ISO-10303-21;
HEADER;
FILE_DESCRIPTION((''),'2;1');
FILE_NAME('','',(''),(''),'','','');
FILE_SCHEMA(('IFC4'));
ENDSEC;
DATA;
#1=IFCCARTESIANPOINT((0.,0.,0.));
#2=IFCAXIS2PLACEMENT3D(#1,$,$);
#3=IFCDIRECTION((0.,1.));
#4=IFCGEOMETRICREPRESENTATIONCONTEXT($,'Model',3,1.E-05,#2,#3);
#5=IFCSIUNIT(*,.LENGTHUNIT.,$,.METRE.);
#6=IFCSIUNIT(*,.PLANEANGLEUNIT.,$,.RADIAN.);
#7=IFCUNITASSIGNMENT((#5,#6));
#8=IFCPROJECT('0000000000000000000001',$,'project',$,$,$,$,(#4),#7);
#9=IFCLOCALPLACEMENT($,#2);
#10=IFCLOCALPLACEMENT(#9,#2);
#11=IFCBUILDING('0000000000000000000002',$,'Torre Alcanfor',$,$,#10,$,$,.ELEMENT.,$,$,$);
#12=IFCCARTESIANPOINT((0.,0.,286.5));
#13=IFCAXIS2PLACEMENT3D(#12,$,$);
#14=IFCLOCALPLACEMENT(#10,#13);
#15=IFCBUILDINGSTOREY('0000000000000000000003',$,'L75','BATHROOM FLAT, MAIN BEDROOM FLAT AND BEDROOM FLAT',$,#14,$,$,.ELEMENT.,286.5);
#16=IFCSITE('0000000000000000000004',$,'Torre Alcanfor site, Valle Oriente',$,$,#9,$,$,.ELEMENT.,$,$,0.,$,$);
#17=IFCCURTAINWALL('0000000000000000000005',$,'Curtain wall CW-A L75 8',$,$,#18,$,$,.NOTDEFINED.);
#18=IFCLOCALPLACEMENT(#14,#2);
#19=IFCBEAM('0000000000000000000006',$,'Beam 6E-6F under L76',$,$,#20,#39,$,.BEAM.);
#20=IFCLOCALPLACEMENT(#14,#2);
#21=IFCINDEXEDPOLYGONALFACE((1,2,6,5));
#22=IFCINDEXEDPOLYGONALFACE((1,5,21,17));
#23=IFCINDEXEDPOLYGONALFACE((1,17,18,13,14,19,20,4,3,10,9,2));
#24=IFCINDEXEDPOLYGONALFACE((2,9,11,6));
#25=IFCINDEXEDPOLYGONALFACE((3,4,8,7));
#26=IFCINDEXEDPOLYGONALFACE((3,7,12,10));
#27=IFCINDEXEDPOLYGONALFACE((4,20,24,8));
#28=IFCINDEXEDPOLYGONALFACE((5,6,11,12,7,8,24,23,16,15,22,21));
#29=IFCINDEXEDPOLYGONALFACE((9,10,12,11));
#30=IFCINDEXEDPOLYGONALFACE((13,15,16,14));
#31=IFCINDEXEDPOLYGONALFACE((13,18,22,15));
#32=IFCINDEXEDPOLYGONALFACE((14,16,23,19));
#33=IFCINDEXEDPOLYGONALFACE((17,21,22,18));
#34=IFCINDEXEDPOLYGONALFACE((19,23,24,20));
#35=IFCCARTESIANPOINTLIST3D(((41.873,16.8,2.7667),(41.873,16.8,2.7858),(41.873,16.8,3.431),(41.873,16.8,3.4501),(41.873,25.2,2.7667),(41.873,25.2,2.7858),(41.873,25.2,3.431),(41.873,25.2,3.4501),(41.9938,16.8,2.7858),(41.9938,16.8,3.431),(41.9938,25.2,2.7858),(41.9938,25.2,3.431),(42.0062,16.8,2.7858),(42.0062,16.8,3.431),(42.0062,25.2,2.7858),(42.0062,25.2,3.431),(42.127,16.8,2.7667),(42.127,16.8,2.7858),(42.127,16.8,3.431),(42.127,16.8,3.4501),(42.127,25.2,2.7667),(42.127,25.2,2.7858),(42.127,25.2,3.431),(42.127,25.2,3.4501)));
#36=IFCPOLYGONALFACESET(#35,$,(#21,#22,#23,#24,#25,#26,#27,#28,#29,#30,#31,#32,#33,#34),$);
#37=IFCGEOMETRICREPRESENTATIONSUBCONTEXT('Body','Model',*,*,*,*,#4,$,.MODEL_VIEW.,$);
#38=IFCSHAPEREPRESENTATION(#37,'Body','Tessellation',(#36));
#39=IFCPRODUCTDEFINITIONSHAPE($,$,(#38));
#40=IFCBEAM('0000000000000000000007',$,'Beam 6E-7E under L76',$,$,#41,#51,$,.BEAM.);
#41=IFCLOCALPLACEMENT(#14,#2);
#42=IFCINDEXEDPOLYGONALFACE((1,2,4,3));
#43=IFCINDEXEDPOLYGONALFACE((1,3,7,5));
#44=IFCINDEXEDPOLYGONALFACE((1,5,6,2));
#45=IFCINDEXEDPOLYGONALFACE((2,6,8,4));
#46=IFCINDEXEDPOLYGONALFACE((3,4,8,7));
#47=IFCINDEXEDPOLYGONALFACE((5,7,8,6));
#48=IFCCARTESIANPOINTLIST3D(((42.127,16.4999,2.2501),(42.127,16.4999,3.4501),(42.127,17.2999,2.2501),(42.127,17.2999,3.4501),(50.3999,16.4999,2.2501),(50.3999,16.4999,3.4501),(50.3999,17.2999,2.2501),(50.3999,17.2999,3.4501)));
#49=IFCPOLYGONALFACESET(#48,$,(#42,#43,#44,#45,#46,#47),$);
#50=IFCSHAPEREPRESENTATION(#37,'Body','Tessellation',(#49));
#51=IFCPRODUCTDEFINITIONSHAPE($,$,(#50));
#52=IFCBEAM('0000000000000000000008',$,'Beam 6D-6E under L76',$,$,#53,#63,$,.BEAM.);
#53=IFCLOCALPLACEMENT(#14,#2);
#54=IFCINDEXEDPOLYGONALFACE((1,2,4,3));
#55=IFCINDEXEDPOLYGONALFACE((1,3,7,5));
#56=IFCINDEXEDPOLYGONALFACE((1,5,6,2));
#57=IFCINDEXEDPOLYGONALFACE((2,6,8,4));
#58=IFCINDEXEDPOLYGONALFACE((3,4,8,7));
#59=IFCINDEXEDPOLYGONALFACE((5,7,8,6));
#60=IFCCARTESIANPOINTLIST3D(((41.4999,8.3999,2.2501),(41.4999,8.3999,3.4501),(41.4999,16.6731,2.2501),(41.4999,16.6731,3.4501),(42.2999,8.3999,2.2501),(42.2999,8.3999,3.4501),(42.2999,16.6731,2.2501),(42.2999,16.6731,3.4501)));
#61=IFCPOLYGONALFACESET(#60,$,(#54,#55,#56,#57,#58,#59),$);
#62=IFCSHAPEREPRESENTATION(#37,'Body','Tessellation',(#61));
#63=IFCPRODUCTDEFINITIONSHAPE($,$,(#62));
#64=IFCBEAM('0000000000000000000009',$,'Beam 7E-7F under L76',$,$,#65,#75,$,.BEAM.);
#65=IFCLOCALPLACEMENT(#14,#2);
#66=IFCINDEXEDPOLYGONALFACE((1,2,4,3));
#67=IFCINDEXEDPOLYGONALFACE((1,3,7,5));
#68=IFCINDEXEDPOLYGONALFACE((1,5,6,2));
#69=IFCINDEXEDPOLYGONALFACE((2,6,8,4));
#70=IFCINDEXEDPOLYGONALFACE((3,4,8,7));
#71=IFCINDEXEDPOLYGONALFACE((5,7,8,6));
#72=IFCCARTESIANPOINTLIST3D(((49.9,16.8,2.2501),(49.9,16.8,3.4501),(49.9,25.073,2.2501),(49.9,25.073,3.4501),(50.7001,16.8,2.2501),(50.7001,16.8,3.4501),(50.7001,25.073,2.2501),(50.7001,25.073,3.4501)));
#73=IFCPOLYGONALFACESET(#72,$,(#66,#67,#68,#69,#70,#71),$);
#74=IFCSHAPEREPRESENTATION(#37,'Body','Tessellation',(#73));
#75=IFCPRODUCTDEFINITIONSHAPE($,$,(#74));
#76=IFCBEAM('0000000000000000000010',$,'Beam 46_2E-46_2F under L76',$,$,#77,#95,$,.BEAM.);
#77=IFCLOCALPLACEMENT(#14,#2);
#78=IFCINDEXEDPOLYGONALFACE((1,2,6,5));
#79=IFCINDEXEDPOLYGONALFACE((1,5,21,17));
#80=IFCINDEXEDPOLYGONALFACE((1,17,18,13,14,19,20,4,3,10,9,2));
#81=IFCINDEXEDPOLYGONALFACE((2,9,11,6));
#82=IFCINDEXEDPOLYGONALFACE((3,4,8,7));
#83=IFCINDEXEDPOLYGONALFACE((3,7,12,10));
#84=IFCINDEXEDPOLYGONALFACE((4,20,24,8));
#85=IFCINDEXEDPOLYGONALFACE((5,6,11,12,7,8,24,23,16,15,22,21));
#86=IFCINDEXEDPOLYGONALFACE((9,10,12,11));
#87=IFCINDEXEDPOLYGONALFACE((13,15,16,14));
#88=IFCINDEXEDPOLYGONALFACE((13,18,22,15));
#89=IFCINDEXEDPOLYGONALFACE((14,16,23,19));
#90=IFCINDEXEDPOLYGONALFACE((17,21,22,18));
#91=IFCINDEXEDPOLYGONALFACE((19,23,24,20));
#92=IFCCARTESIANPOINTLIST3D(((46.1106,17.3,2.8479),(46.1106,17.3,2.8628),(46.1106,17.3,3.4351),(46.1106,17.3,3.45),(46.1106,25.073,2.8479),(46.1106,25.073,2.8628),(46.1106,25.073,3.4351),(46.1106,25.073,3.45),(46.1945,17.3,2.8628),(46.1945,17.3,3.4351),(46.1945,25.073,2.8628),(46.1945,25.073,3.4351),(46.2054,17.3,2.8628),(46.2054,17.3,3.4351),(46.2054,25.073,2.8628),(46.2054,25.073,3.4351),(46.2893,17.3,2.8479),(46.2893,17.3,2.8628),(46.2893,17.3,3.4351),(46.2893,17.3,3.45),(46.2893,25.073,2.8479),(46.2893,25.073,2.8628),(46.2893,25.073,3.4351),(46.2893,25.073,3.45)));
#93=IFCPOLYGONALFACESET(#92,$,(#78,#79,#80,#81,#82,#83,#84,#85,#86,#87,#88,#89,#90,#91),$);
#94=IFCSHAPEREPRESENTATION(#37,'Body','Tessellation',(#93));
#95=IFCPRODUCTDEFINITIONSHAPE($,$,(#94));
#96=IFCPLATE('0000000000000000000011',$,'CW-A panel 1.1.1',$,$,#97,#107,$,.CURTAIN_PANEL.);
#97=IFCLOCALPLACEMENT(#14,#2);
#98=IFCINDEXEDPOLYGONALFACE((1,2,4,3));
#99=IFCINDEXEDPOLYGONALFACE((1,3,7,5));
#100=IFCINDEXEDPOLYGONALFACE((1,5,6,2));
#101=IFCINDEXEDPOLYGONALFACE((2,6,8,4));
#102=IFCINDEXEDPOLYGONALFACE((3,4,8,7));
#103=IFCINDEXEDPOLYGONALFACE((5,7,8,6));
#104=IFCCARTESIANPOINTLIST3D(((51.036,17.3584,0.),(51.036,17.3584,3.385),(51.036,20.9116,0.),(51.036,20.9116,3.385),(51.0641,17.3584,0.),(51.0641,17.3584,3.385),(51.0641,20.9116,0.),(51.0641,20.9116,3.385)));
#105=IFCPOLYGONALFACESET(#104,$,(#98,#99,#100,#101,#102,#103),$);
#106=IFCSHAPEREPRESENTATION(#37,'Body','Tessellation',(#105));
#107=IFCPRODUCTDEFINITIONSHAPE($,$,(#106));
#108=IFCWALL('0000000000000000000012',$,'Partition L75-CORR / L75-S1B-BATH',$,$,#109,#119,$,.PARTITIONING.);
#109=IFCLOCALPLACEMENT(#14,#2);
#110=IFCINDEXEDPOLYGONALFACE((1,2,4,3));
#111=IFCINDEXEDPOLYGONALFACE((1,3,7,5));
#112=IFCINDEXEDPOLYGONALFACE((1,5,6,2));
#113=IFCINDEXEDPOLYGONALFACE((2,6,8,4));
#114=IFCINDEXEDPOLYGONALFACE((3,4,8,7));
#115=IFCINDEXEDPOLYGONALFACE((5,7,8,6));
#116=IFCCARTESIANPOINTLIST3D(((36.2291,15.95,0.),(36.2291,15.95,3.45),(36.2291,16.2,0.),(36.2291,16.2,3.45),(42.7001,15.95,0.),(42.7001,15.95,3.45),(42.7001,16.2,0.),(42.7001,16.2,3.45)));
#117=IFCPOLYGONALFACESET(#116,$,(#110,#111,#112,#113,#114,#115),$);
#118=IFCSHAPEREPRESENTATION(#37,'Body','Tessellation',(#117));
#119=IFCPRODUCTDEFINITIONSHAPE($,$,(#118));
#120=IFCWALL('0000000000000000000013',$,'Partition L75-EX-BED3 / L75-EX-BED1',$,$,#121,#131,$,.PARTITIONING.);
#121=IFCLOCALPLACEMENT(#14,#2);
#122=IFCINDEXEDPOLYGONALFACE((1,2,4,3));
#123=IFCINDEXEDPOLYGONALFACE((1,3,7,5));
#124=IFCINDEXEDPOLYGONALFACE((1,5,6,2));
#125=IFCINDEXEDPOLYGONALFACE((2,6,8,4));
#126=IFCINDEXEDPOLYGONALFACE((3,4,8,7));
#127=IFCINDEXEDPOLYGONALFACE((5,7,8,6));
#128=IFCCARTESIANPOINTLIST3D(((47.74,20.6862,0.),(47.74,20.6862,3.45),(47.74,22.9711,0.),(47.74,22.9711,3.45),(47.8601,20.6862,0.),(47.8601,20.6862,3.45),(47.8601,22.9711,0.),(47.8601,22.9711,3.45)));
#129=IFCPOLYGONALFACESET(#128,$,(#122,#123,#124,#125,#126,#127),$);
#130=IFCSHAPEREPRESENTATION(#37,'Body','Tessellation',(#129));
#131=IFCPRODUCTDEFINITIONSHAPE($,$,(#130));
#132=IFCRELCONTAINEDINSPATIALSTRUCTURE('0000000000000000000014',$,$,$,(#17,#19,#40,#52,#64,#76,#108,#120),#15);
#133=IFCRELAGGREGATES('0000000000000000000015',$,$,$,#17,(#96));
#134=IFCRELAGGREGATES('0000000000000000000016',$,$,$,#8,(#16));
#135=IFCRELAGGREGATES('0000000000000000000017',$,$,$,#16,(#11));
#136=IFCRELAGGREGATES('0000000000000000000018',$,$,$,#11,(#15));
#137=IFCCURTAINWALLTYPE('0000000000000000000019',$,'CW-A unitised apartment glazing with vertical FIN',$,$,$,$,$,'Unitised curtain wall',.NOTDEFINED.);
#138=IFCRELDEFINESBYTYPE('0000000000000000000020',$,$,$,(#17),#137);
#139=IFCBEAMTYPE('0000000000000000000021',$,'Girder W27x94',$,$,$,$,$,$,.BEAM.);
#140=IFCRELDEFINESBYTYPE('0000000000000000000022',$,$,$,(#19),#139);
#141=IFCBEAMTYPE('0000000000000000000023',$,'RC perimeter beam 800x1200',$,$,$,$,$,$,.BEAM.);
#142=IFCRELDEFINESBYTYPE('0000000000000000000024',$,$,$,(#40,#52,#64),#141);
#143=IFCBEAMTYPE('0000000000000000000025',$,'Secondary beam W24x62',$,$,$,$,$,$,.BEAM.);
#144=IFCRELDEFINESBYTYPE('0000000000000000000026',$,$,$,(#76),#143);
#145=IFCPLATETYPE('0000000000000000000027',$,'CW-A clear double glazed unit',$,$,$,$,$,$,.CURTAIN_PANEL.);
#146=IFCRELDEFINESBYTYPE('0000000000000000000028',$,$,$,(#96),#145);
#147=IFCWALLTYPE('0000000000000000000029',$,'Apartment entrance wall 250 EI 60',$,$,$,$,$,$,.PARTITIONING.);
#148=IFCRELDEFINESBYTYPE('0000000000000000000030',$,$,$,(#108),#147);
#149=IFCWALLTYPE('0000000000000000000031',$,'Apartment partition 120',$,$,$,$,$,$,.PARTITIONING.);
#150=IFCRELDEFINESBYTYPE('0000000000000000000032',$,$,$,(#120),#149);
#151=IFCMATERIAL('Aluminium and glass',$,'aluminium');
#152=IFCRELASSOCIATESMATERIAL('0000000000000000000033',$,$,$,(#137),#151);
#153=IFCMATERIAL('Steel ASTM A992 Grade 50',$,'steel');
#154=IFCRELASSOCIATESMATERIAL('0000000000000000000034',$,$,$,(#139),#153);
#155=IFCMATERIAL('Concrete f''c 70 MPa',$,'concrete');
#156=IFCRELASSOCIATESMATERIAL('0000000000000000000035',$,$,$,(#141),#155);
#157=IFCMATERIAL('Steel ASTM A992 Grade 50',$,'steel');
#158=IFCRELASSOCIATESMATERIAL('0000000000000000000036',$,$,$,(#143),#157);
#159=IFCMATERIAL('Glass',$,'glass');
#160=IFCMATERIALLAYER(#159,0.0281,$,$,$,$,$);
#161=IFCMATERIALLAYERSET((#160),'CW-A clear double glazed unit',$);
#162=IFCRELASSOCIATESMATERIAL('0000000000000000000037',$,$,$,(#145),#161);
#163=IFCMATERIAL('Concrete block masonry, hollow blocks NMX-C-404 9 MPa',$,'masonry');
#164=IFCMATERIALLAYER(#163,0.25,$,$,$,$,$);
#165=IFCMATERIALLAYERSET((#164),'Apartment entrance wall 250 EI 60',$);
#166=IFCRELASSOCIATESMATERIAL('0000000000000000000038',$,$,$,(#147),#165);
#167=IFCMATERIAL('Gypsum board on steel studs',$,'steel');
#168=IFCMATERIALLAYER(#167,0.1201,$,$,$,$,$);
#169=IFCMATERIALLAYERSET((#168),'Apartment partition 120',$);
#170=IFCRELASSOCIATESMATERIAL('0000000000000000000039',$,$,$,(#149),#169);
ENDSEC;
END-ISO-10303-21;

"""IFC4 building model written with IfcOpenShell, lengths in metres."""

from ifc_helpers import new_model, si_unit, direction, frame, frame_2d, origin, origin_2d, place, context, subcontext, project, spatial, rectangle, i_section, extrude, material, layer, layer_set, material_profile, profile_set, type_object, element, aggregate, save


model = new_model("IFC4")

# Units and contexts
model_context = context("Model", 3, precision=1e-05, world=origin(), true_north=direction((0.0, 1.0)))
body_context = subcontext(model_context, "Body", "Model", "MODEL_VIEW")
ifc_project = project(units=[si_unit("LENGTHUNIT", "METRE"), si_unit("PLANEANGLEUNIT", "RADIAN")], contexts=[model_context])

# Site, building, storey
site_placement = place(None, origin())
site = spatial("IfcSite", under=ifc_project, at=site_placement, Name="Torre Alcanfor site, Valle Oriente", CompositionType="ELEMENT", RefElevation=0.0)
building_placement = place(site_placement, origin())
building = spatial("IfcBuilding", under=site, at=building_placement, Name="Torre Alcanfor", CompositionType="ELEMENT")
storey_placement = place(building_placement, frame((0.0, 0.0, 286.5)))
storey = spatial("IfcBuildingStorey", under=building, at=storey_placement, Name="L75", Description="BATHROOM FLAT, MAIN BEDROOM FLAT AND BEDROOM FLAT", CompositionType="ELEMENT", Elevation=286.5)

# Shared definitions
ifc_material_1 = material(Name="Aluminium and glass", Category="aluminium")
curtain_wall_type = type_object("IfcCurtainWallType", Name="CW-A unitised apartment glazing with vertical FIN", ElementType="Unitised curtain wall", PredefinedType="NOTDEFINED", material=ifc_material_1)

# Curtain wall
curtain_wall_1_placement = place(storey_placement, origin())
curtain_wall_1 = element("IfcCurtainWall", 1, at=curtain_wall_1_placement, inside=storey, type_object=curtain_wall_type, Name="Curtain wall CW-A L75 8", PredefinedType="NOTDEFINED")

# Beams
ifc_material_2 = material(Name="Steel ASTM A992 Grade 50", Category="steel")
ifc_material_profile_1 = material_profile(ifc_material_2, i_section(OverallWidth=0.2539, OverallDepth=0.6833, WebThickness=0.0125, FlangeThickness=0.019, at=origin_2d()), Name="W27x94")
ifc_profile_set_1 = profile_set([ifc_material_profile_1], Name="Steel ASTM A992 Grade 50")
beam_type_1 = type_object("IfcBeamType", Name="Girder W27x94", PredefinedType="BEAM", material=ifc_profile_set_1)
beam_1_placement = place(storey_placement, frame((42.0, 16.8, 3.1084), z_axis=(0.0, 1.0, 0.0), x_axis=(-1.0, 0.0, 0.0)))
element("IfcBeam", 2, at=beam_1_placement, inside=storey, type_object=beam_type_1, Name="Beam 6E-6F under L76", PredefinedType="BEAM", context=body_context, shape_type="SweptSolid", body=[
    extrude(i_section(OverallWidth=0.2539, OverallDepth=0.6833, WebThickness=0.0125, FlangeThickness=0.019, at=origin_2d()), origin(), (0.0, 0.0, 1.0), 8.3999),
])
ifc_material_3 = material(Name="Concrete f'c 70 MPa", Category="concrete")
ifc_material_profile_2 = material_profile(ifc_material_3, rectangle(XDim=0.8, YDim=1.2, at=origin_2d()), Name="800x1200")
ifc_profile_set_2 = profile_set([ifc_material_profile_2], Name="Concrete f'c 70 MPa")
beam_type_2 = type_object("IfcBeamType", Name="RC perimeter beam 800x1200", PredefinedType="BEAM", material=ifc_profile_set_2)
beam_2_placement = place(storey_placement, frame((42.127, 16.8999, 2.8501), z_axis=(1.0, 0.0, 0.0), x_axis=(0.0, 1.0, 0.0)))
element("IfcBeam", 3, at=beam_2_placement, inside=storey, type_object=beam_type_2, Name="Beam 6E-7E under L76", PredefinedType="BEAM", context=body_context, shape_type="SweptSolid", body=[
    extrude(rectangle(XDim=0.8, YDim=1.2, at=origin_2d()), origin(), (0.0, 0.0, 1.0), 8.2729),
])
beam_3_placement = place(storey_placement, frame((41.8999, 8.3999, 2.8501), z_axis=(0.0, 1.0, 0.0), x_axis=(-1.0, 0.0, 0.0)))
element("IfcBeam", 4, at=beam_3_placement, inside=storey, type_object=beam_type_2, Name="Beam 6D-6E under L76", PredefinedType="BEAM", context=body_context, shape_type="SweptSolid", body=[
    extrude(rectangle(XDim=0.8, YDim=1.2, at=origin_2d()), origin(), (0.0, 0.0, 1.0), 8.2732),
])
beam_4_placement = place(storey_placement, frame((50.3, 16.8, 2.8501), z_axis=(0.0, 1.0, 0.0), x_axis=(-1.0, 0.0, 0.0)))
element("IfcBeam", 5, at=beam_4_placement, inside=storey, type_object=beam_type_2, Name="Beam 7E-7F under L76", PredefinedType="BEAM", context=body_context, shape_type="SweptSolid", body=[
    extrude(rectangle(XDim=0.8, YDim=1.2, at=origin_2d()), origin(), (0.0, 0.0, 1.0), 8.2729),
])
ifc_material_4 = material(Name="Steel ASTM A992 Grade 50", Category="steel")
ifc_material_profile_3 = material_profile(ifc_material_4, i_section(OverallWidth=0.1787, OverallDepth=0.6021, WebThickness=0.011, FlangeThickness=0.0149, at=origin_2d()), Name="W24x62")
ifc_profile_set_3 = profile_set([ifc_material_profile_3], Name="Steel ASTM A992 Grade 50")
beam_type_3 = type_object("IfcBeamType", Name="Secondary beam W24x62", PredefinedType="BEAM", material=ifc_profile_set_3)
beam_5_placement = place(storey_placement, frame((46.2, 17.3, 3.1489), z_axis=(0.0, 1.0, 0.0), x_axis=(-1.0, 0.0, 0.0)))
element("IfcBeam", 6, at=beam_5_placement, inside=storey, type_object=beam_type_3, Name="Beam 46_2E-46_2F under L76", PredefinedType="BEAM", context=body_context, shape_type="SweptSolid", body=[
    extrude(i_section(OverallWidth=0.1787, OverallDepth=0.6021, WebThickness=0.011, FlangeThickness=0.0149, at=origin_2d()), origin(), (0.0, 0.0, 1.0), 7.7729),
])

# Plate
ifc_material_5 = material(Name="Glass", Category="glass")
ifc_layer_1 = layer(ifc_material_5, 0.0281)
ifc_layer_set_1 = layer_set([ifc_layer_1], Name="CW-A clear double glazed unit")
plate_type = type_object("IfcPlateType", Name="CW-A clear double glazed unit", PredefinedType="CURTAIN_PANEL", material=ifc_layer_set_1)
plate_placement = place(storey_placement, frame((51.05, 19.135, 0.0), z_axis=(0.0, 0.0, 1.0), x_axis=(0.0, 1.0, 0.0)))
plate = element("IfcPlate", 7, at=plate_placement, type_object=plate_type, Name="CW-A panel 1.1.1", PredefinedType="CURTAIN_PANEL", context=body_context, shape_type="SweptSolid", body=[
    extrude(rectangle(XDim=3.5532, YDim=0.0281, at=origin_2d()), origin(), (0.0, 0.0, 1.0), 3.385),
])
aggregate(curtain_wall_1, [plate])

# Walls
ifc_material_6 = material(Name="Concrete block masonry, hollow blocks NMX-C-404 9 MPa", Category="masonry")
ifc_layer_2 = layer(ifc_material_6, 0.25)
ifc_layer_set_2 = layer_set([ifc_layer_2], Name="Apartment entrance wall 250 EI 60")
wall_type_1 = type_object("IfcWallType", Name="Apartment entrance wall 250 EI 60", PredefinedType="PARTITIONING", material=ifc_layer_set_2)
wall_1_placement = place(storey_placement, frame((42.7, 16.075, 0.0), z_axis=(0.0, 0.0, 1.0), x_axis=(-1.0, 0.0, 0.0)))
element("IfcWall", 8, at=wall_1_placement, inside=storey, type_object=wall_type_1, Name="Partition L75-CORR / L75-S1B-BATH", PredefinedType="PARTITIONING", context=body_context, shape_type="SweptSolid", body=[
    extrude(rectangle(XDim=6.4709, YDim=0.25, at=frame_2d((3.2354, 0.0))), origin(), (0.0, 0.0, 1.0), 3.45),
])
ifc_material_7 = material(Name="Gypsum board on steel studs", Category="steel")
ifc_layer_3 = layer(ifc_material_7, 0.1201)
ifc_layer_set_3 = layer_set([ifc_layer_3], Name="Apartment partition 120")
wall_type_2 = type_object("IfcWallType", Name="Apartment partition 120", PredefinedType="PARTITIONING", material=ifc_layer_set_3)
wall_2_placement = place(storey_placement, frame((47.8, 20.686, 0.0), z_axis=(0.0, 0.0, 1.0), x_axis=(0.0, 1.0, 0.0)))
element("IfcWall", 9, at=wall_2_placement, inside=storey, type_object=wall_type_2, Name="Partition L75-EX-BED3 / L75-EX-BED1", PredefinedType="PARTITIONING", context=body_context, shape_type="SweptSolid", body=[
    extrude(rectangle(XDim=2.2849, YDim=0.1201, at=frame_2d((1.1426, 0.0))), origin(), (0.0, 0.0, 1.0), 3.45),
])

save(model, "model.ifc")
